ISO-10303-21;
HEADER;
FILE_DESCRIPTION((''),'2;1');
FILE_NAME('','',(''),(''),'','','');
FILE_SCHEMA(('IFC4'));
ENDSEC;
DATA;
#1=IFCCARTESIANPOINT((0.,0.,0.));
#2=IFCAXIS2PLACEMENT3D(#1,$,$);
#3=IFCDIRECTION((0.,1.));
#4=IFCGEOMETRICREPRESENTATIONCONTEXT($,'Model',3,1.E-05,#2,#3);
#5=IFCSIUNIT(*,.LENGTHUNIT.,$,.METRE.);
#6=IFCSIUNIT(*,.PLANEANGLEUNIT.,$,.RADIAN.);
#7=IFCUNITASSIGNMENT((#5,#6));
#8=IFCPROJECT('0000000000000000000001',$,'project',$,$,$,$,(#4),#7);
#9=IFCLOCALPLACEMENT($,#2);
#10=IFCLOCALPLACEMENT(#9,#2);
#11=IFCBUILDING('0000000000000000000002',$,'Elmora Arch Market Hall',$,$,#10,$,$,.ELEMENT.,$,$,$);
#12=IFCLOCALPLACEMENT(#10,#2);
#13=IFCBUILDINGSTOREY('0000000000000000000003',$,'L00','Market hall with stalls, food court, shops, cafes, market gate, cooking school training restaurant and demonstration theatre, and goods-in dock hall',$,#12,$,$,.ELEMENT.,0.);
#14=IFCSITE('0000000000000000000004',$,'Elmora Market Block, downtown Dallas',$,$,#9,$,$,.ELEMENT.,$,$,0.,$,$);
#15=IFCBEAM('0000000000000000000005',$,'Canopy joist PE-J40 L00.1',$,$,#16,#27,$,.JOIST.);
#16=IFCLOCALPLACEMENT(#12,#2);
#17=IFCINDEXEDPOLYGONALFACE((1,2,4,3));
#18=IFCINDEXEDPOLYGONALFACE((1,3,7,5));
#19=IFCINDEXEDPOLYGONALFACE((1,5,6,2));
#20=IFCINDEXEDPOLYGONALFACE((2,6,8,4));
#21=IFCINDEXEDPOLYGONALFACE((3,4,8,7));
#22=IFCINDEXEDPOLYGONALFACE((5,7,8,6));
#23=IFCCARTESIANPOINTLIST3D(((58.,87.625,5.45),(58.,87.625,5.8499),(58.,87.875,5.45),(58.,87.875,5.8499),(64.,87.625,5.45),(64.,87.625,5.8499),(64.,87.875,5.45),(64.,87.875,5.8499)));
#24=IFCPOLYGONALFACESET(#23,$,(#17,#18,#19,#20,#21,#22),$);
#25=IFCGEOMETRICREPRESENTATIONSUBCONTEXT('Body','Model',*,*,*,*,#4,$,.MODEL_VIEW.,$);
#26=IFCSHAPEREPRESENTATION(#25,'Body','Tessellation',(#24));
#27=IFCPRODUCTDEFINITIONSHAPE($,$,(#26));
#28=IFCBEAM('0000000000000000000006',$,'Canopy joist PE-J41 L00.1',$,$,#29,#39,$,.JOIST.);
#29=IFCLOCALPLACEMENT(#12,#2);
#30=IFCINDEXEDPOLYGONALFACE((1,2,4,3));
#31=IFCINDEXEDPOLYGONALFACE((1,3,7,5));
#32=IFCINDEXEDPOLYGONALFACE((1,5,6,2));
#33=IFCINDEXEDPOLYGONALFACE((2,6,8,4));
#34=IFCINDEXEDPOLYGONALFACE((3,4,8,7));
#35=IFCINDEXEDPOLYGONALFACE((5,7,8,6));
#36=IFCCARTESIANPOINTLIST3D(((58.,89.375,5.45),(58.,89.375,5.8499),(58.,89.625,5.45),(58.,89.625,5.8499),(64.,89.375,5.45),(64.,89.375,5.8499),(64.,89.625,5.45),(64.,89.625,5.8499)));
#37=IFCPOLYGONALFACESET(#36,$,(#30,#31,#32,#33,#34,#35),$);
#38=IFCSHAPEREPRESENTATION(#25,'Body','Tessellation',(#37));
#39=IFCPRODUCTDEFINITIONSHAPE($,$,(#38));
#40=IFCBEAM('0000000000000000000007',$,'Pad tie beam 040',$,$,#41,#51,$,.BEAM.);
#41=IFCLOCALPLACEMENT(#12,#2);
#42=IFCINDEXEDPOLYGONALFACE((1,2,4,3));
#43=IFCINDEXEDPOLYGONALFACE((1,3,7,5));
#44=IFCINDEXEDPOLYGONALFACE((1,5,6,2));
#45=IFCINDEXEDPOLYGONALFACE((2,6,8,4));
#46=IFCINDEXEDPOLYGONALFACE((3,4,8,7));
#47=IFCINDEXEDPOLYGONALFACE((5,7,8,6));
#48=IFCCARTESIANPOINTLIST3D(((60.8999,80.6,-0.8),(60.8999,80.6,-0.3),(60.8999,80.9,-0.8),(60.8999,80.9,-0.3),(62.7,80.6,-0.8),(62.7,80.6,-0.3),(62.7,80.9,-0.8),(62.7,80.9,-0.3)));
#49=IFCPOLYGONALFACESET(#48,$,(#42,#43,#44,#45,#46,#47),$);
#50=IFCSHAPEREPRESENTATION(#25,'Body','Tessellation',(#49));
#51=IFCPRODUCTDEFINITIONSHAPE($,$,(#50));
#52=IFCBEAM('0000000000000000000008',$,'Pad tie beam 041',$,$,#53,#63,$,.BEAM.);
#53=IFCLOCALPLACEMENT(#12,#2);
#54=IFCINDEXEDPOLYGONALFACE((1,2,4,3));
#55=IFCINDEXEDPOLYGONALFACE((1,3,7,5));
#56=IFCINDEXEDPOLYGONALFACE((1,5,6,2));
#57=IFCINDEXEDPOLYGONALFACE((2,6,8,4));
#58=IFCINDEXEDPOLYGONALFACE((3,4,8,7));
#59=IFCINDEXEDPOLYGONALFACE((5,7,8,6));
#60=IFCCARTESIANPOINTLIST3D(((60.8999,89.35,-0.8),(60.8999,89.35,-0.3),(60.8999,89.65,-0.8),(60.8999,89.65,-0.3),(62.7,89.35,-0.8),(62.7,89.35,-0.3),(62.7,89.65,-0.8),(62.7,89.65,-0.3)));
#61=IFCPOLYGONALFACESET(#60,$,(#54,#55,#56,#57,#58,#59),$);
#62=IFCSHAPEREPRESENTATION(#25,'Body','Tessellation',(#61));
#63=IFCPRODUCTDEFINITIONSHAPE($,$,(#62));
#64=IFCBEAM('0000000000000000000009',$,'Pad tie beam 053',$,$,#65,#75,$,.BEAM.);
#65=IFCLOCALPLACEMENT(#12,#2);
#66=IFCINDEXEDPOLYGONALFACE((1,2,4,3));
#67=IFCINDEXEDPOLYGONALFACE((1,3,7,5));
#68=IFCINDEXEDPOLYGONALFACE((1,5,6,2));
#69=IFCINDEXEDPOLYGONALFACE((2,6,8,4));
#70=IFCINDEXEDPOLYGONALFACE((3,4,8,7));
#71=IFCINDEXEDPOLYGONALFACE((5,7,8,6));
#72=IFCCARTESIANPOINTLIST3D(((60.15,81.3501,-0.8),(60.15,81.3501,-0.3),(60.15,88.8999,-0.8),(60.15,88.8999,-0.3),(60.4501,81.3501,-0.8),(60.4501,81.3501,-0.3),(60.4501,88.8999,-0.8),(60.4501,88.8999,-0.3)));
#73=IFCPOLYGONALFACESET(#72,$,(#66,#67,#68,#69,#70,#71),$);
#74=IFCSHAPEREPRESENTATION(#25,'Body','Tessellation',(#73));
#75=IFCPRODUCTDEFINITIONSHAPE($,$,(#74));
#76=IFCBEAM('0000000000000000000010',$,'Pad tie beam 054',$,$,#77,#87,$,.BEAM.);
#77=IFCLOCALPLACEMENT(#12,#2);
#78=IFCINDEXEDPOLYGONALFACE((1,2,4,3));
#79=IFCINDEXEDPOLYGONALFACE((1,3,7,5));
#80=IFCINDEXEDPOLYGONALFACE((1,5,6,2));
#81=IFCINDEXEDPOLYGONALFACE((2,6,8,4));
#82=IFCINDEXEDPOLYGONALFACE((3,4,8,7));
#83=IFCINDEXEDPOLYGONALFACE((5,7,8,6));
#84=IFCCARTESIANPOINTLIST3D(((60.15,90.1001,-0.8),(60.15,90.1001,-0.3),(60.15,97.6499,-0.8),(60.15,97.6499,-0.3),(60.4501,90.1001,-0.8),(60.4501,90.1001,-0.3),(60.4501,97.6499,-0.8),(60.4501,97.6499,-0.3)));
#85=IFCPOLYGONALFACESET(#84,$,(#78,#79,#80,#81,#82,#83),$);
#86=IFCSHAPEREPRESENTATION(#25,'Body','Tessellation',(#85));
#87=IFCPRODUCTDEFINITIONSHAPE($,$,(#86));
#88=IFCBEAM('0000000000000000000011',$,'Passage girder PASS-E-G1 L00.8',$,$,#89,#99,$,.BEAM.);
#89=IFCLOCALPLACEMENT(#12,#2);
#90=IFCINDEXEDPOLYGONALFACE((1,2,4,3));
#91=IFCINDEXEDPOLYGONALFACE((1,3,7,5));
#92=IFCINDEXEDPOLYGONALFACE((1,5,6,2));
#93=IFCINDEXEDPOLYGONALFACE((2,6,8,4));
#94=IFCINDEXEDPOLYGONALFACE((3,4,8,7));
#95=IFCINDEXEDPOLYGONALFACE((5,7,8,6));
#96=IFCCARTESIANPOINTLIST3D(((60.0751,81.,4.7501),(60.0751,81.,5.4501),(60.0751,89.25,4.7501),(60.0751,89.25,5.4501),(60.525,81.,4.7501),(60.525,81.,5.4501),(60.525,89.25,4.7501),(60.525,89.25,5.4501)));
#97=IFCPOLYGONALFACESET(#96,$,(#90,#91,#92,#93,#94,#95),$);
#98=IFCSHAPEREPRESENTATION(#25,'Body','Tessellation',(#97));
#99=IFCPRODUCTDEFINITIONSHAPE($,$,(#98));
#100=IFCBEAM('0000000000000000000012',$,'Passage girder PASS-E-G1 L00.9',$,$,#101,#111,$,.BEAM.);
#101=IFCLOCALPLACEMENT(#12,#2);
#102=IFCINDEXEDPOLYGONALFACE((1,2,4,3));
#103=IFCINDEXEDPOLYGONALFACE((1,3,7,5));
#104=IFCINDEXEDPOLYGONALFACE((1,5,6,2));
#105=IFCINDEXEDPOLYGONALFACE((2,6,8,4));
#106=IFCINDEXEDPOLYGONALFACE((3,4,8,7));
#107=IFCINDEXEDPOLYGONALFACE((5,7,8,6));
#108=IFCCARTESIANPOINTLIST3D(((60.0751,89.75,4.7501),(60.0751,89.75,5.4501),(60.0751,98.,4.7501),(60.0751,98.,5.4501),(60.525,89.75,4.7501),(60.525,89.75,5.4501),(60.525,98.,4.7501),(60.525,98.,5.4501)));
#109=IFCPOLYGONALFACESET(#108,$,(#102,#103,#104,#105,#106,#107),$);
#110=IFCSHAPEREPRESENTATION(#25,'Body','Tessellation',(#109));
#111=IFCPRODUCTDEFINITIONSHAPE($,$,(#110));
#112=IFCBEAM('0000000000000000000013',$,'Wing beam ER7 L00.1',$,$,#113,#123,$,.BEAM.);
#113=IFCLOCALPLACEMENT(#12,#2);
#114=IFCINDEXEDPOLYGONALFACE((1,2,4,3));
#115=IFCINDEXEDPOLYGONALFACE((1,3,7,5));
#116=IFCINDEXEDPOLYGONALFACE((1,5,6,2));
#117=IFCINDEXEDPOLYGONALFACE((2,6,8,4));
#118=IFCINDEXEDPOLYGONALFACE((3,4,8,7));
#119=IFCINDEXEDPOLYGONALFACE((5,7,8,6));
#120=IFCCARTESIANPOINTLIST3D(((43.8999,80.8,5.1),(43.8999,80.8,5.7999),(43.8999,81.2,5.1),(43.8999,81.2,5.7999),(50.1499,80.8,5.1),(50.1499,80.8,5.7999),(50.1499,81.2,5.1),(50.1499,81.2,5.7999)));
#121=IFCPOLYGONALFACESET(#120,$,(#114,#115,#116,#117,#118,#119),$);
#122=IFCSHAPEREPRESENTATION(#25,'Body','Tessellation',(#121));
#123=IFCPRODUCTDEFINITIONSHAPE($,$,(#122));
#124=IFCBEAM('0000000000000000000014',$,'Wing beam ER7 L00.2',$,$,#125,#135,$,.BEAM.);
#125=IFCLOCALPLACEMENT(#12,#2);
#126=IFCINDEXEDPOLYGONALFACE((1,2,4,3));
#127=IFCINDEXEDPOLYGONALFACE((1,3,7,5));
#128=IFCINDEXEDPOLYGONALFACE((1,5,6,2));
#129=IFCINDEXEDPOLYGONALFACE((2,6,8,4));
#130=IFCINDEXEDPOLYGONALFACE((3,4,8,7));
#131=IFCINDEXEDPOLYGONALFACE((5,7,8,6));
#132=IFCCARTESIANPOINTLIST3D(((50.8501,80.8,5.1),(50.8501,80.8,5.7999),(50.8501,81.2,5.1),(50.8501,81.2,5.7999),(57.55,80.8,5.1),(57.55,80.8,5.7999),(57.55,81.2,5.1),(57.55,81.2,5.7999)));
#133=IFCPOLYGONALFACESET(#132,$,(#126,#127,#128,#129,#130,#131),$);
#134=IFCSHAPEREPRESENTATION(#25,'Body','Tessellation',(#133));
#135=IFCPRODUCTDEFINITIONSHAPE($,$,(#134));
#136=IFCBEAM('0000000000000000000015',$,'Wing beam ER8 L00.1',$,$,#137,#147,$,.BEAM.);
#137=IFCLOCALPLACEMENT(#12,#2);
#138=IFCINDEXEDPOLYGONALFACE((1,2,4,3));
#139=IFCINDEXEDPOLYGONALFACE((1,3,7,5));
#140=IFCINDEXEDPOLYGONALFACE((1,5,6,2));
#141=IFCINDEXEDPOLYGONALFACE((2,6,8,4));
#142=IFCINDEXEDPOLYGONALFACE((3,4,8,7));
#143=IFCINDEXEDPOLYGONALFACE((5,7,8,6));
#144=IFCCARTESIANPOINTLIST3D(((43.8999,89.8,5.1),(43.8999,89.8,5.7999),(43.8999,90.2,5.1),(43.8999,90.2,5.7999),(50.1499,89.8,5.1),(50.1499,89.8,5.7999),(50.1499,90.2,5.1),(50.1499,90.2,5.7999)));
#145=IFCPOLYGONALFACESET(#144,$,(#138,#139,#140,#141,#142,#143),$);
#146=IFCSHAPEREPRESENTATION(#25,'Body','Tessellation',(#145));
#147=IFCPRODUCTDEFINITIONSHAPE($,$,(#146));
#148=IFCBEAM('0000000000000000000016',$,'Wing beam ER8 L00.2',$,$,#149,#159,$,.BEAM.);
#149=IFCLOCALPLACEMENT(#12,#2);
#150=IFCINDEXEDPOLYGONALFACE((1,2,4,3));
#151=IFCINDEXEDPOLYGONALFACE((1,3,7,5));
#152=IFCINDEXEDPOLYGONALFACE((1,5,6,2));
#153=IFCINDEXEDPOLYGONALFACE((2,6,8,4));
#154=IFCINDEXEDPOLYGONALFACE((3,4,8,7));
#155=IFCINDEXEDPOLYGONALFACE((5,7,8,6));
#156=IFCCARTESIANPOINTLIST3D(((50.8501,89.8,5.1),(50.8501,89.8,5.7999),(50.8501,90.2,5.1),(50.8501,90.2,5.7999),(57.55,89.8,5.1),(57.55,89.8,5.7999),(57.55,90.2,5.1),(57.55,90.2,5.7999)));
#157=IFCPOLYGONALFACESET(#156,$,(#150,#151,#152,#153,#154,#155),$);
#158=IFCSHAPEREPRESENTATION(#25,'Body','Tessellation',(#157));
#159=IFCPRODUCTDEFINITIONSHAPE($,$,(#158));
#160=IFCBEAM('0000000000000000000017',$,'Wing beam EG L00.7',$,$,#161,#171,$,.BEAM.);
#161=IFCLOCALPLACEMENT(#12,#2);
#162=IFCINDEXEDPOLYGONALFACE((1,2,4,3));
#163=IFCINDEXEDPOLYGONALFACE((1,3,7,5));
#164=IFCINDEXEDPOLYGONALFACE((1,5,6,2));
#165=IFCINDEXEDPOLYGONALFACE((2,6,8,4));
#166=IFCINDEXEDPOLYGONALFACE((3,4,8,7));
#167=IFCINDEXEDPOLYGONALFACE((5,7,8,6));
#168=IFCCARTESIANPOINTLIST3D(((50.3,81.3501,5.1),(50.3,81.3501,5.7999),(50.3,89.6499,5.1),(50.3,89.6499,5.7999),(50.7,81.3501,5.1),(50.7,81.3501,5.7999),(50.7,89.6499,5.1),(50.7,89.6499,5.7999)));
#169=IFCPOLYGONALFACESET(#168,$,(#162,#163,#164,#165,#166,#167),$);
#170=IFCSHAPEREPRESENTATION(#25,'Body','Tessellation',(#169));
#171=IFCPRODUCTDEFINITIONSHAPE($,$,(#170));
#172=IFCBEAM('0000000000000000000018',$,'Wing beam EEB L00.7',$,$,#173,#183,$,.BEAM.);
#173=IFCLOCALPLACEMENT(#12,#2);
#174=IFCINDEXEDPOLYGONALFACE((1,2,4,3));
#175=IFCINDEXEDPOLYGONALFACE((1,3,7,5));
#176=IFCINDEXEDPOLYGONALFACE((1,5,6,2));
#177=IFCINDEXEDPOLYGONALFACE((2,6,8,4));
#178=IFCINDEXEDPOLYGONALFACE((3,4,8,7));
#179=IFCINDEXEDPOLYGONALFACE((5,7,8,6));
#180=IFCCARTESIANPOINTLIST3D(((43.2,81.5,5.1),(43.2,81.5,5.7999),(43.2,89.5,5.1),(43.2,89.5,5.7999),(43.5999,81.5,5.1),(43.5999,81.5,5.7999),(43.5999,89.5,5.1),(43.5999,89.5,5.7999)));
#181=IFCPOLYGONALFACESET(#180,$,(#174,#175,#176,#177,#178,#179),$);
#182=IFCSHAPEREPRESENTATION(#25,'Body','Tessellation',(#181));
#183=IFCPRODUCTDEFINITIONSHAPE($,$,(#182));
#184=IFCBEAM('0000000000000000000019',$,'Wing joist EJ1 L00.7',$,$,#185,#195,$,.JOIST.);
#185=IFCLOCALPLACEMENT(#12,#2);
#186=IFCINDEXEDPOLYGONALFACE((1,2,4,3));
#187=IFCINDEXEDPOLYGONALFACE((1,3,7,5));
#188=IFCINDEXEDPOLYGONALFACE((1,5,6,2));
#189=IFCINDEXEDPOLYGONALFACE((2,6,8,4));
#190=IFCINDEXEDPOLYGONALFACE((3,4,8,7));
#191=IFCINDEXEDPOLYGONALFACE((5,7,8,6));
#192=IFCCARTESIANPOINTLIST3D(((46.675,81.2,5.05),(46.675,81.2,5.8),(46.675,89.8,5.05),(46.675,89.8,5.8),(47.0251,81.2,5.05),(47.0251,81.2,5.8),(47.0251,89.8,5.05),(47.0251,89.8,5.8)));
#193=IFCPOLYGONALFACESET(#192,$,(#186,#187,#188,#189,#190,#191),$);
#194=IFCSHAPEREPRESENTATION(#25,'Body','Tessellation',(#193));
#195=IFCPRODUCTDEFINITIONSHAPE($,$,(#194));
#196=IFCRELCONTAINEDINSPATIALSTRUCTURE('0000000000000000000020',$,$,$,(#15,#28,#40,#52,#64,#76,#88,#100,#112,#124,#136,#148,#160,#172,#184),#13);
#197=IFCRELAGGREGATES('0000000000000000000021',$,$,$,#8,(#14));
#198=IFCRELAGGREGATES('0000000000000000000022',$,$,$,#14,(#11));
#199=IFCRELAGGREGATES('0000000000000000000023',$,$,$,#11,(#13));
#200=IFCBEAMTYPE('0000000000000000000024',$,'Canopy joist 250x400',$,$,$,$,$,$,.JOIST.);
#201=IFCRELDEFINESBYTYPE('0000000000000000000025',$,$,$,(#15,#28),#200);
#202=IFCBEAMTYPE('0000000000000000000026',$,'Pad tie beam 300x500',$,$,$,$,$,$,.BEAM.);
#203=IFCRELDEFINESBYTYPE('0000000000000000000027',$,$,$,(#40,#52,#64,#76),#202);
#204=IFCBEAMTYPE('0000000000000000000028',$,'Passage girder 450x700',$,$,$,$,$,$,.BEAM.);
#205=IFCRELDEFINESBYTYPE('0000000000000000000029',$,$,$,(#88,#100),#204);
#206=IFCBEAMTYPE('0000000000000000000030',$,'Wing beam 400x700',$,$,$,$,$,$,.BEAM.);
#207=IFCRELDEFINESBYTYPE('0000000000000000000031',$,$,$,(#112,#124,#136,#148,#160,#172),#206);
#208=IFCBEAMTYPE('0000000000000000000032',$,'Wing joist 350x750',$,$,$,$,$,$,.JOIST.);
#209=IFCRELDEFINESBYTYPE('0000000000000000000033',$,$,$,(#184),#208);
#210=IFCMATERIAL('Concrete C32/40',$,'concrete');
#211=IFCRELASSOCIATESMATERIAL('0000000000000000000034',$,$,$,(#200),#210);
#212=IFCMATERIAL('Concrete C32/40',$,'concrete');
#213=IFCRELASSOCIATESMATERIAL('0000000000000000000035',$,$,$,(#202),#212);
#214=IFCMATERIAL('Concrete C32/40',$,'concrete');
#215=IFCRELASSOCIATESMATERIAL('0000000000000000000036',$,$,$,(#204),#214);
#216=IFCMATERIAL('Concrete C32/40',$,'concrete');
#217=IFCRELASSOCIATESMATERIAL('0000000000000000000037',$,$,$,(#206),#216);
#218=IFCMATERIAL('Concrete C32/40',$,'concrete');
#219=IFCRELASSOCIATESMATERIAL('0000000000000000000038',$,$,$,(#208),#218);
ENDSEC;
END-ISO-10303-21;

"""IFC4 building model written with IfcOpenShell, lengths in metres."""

from ifc_helpers import new_model, si_unit, direction, frame, origin, origin_2d, place, context, subcontext, project, spatial, rectangle, extrude, material, material_profile, profile_set, type_object, element, save


model = new_model("IFC4")

# Units and contexts
model_context = context("Model", 3, precision=1e-05, world=origin(), true_north=direction((0.0, 1.0)))
body_context = subcontext(model_context, "Body", "Model", "MODEL_VIEW")
ifc_project = project(units=[si_unit("LENGTHUNIT", "METRE"), si_unit("PLANEANGLEUNIT", "RADIAN")], contexts=[model_context])

# Site, building, storey
site_placement = place(None, origin())
site = spatial("IfcSite", under=ifc_project, at=site_placement, Name="Elmora Market Block, downtown Dallas", CompositionType="ELEMENT", RefElevation=0.0)
building_placement = place(site_placement, origin())
building = spatial("IfcBuilding", under=site, at=building_placement, Name="Elmora Arch Market Hall", CompositionType="ELEMENT")
storey_placement = place(building_placement, origin())
storey = spatial("IfcBuildingStorey", under=building, at=storey_placement, Name="L00", Description="Market hall with stalls, food court, shops, cafes, market gate, cooking school training restaurant and demonstration theatre, and goods-in dock hall", CompositionType="ELEMENT", Elevation=0.0)

# Beams
ifc_material_1 = material(Name="Concrete C32/40", Category="concrete")
ifc_material_profile_1 = material_profile(ifc_material_1, rectangle(XDim=0.25, YDim=0.3999, at=origin_2d()), Name="Canopy joist 250x400")
ifc_profile_set_1 = profile_set([ifc_material_profile_1], Name="Concrete C32/40")
beam_type_1 = type_object("IfcBeamType", Name="Canopy joist 250x400", PredefinedType="JOIST", material=ifc_profile_set_1)
for number, where, z_axis, x_axis, name in (
    (1, (58.0, 87.75, 5.6499), (1.0, 0.0, 0.0), (0.0, 1.0, 0.0), "Canopy joist PE-J40 L00.1"),
    (2, (58.0, 89.5, 5.6499), (1.0, 0.0, 0.0), (0.0, 1.0, 0.0), "Canopy joist PE-J41 L00.1"),
):
    element("IfcBeam", number, at=place(storey_placement, frame(where, z_axis=z_axis, x_axis=x_axis)), inside=storey, type_object=beam_type_1, Name=name, PredefinedType="JOIST", context=body_context, shape_type="SweptSolid", body=[
        extrude(rectangle(XDim=0.25, YDim=0.3999, at=origin_2d()), origin(), (0.0, 0.0, 1.0), 6.0),
    ])
ifc_material_2 = material(Name="Concrete C32/40", Category="concrete")
ifc_material_profile_2 = material_profile(ifc_material_2, rectangle(XDim=0.3, YDim=0.5, at=origin_2d()), Name="Pad tie beam 300x500")
ifc_profile_set_2 = profile_set([ifc_material_profile_2], Name="Concrete C32/40")
beam_type_2 = type_object("IfcBeamType", Name="Pad tie beam 300x500", PredefinedType="BEAM", material=ifc_profile_set_2)
for number, where, z_axis, x_axis, name in (
    (3, (60.8999, 80.75, -0.55), (1.0, 0.0, 0.0), (0.0, 1.0, 0.0), "Pad tie beam 040"),
    (4, (60.8999, 89.5, -0.55), (1.0, 0.0, 0.0), (0.0, 1.0, 0.0), "Pad tie beam 041"),
):
    element("IfcBeam", number, at=place(storey_placement, frame(where, z_axis=z_axis, x_axis=x_axis)), inside=storey, type_object=beam_type_2, Name=name, PredefinedType="BEAM", context=body_context, shape_type="SweptSolid", body=[
        extrude(rectangle(XDim=0.3, YDim=0.5, at=origin_2d()), origin(), (0.0, 0.0, 1.0), 1.8),
    ])
for number, where, z_axis, x_axis, name in (
    (5, (60.3, 81.3501, -0.55), (0.0, 1.0, 0.0), (-1.0, 0.0, 0.0), "Pad tie beam 053"),
    (6, (60.3, 90.1001, -0.55), (0.0, 1.0, 0.0), (-1.0, 0.0, 0.0), "Pad tie beam 054"),
):
    element("IfcBeam", number, at=place(storey_placement, frame(where, z_axis=z_axis, x_axis=x_axis)), inside=storey, type_object=beam_type_2, Name=name, PredefinedType="BEAM", context=body_context, shape_type="SweptSolid", body=[
        extrude(rectangle(XDim=0.3, YDim=0.5, at=origin_2d()), origin(), (0.0, 0.0, 1.0), 7.5498),
    ])
ifc_material_3 = material(Name="Concrete C32/40", Category="concrete")
ifc_material_profile_3 = material_profile(ifc_material_3, rectangle(XDim=0.45, YDim=0.7, at=origin_2d()), Name="Passage girder 450x700")
ifc_profile_set_3 = profile_set([ifc_material_profile_3], Name="Concrete C32/40")
beam_type_3 = type_object("IfcBeamType", Name="Passage girder 450x700", PredefinedType="BEAM", material=ifc_profile_set_3)
for number, where, z_axis, x_axis, name in (
    (7, (60.3, 81.0, 5.1001), (0.0, 1.0, 0.0), (-1.0, 0.0, 0.0), "Passage girder PASS-E-G1 L00.8"),
    (8, (60.3, 89.75, 5.1001), (0.0, 1.0, 0.0), (-1.0, 0.0, 0.0), "Passage girder PASS-E-G1 L00.9"),
):
    element("IfcBeam", number, at=place(storey_placement, frame(where, z_axis=z_axis, x_axis=x_axis)), inside=storey, type_object=beam_type_3, Name=name, PredefinedType="BEAM", context=body_context, shape_type="SweptSolid", body=[
        extrude(rectangle(XDim=0.45, YDim=0.7, at=origin_2d()), origin(), (0.0, 0.0, 1.0), 8.25),
    ])
ifc_material_4 = material(Name="Concrete C32/40", Category="concrete")
ifc_material_profile_4 = material_profile(ifc_material_4, rectangle(XDim=0.3999, YDim=0.7, at=origin_2d()), Name="Wing beam 400x700")
ifc_profile_set_4 = profile_set([ifc_material_profile_4], Name="Concrete C32/40")
beam_type_4 = type_object("IfcBeamType", Name="Wing beam 400x700", PredefinedType="BEAM", material=ifc_profile_set_4)
beam_1_placement = place(storey_placement, frame((43.8999, 81.0, 5.45), z_axis=(1.0, 0.0, 0.0), x_axis=(0.0, 1.0, 0.0)))
element("IfcBeam", 9, at=beam_1_placement, inside=storey, type_object=beam_type_4, Name="Wing beam ER7 L00.1", PredefinedType="BEAM", context=body_context, shape_type="SweptSolid", body=[
    extrude(rectangle(XDim=0.3999, YDim=0.7, at=origin_2d()), origin(), (0.0, 0.0, 1.0), 6.25),
])
beam_2_placement = place(storey_placement, frame((50.8501, 81.0, 5.45), z_axis=(1.0, 0.0, 0.0), x_axis=(0.0, 1.0, 0.0)))
element("IfcBeam", 10, at=beam_2_placement, inside=storey, type_object=beam_type_4, Name="Wing beam ER7 L00.2", PredefinedType="BEAM", context=body_context, shape_type="SweptSolid", body=[
    extrude(rectangle(XDim=0.3999, YDim=0.7, at=origin_2d()), origin(), (0.0, 0.0, 1.0), 6.7),
])
beam_3_placement = place(storey_placement, frame((43.8999, 90.0, 5.45), z_axis=(1.0, 0.0, 0.0), x_axis=(0.0, 1.0, 0.0)))
element("IfcBeam", 11, at=beam_3_placement, inside=storey, type_object=beam_type_4, Name="Wing beam ER8 L00.1", PredefinedType="BEAM", context=body_context, shape_type="SweptSolid", body=[
    extrude(rectangle(XDim=0.3999, YDim=0.7, at=origin_2d()), origin(), (0.0, 0.0, 1.0), 6.25),
])
beam_4_placement = place(storey_placement, frame((50.8501, 90.0, 5.45), z_axis=(1.0, 0.0, 0.0), x_axis=(0.0, 1.0, 0.0)))
element("IfcBeam", 12, at=beam_4_placement, inside=storey, type_object=beam_type_4, Name="Wing beam ER8 L00.2", PredefinedType="BEAM", context=body_context, shape_type="SweptSolid", body=[
    extrude(rectangle(XDim=0.3999, YDim=0.7, at=origin_2d()), origin(), (0.0, 0.0, 1.0), 6.7),
])
beam_5_placement = place(storey_placement, frame((50.5, 81.3501, 5.45), z_axis=(0.0, 1.0, 0.0), x_axis=(-1.0, 0.0, 0.0)))
element("IfcBeam", 13, at=beam_5_placement, inside=storey, type_object=beam_type_4, Name="Wing beam EG L00.7", PredefinedType="BEAM", context=body_context, shape_type="SweptSolid", body=[
    extrude(rectangle(XDim=0.3999, YDim=0.7, at=origin_2d()), origin(), (0.0, 0.0, 1.0), 8.2998),
])
beam_6_placement = place(storey_placement, frame((43.3999, 81.5, 5.45), z_axis=(0.0, 1.0, 0.0), x_axis=(-1.0, 0.0, 0.0)))
element("IfcBeam", 14, at=beam_6_placement, inside=storey, type_object=beam_type_4, Name="Wing beam EEB L00.7", PredefinedType="BEAM", context=body_context, shape_type="SweptSolid", body=[
    extrude(rectangle(XDim=0.3999, YDim=0.7, at=origin_2d()), origin(), (0.0, 0.0, 1.0), 8.0),
])
ifc_material_5 = material(Name="Concrete C32/40", Category="concrete")
ifc_material_profile_5 = material_profile(ifc_material_5, rectangle(XDim=0.3501, YDim=0.75, at=origin_2d()), Name="Wing joist 350x750")
ifc_profile_set_5 = profile_set([ifc_material_profile_5], Name="Concrete C32/40")
beam_type_5 = type_object("IfcBeamType", Name="Wing joist 350x750", PredefinedType="JOIST", material=ifc_profile_set_5)
beam_7_placement = place(storey_placement, frame((46.8501, 81.2, 5.425), z_axis=(0.0, 1.0, 0.0), x_axis=(-1.0, 0.0, 0.0)))
element("IfcBeam", 15, at=beam_7_placement, inside=storey, type_object=beam_type_5, Name="Wing joist EJ1 L00.7", PredefinedType="JOIST", context=body_context, shape_type="SweptSolid", body=[
    extrude(rectangle(XDim=0.3501, YDim=0.75, at=origin_2d()), origin(), (0.0, 0.0, 1.0), 8.6001),
])

save(model, "model.ifc")
